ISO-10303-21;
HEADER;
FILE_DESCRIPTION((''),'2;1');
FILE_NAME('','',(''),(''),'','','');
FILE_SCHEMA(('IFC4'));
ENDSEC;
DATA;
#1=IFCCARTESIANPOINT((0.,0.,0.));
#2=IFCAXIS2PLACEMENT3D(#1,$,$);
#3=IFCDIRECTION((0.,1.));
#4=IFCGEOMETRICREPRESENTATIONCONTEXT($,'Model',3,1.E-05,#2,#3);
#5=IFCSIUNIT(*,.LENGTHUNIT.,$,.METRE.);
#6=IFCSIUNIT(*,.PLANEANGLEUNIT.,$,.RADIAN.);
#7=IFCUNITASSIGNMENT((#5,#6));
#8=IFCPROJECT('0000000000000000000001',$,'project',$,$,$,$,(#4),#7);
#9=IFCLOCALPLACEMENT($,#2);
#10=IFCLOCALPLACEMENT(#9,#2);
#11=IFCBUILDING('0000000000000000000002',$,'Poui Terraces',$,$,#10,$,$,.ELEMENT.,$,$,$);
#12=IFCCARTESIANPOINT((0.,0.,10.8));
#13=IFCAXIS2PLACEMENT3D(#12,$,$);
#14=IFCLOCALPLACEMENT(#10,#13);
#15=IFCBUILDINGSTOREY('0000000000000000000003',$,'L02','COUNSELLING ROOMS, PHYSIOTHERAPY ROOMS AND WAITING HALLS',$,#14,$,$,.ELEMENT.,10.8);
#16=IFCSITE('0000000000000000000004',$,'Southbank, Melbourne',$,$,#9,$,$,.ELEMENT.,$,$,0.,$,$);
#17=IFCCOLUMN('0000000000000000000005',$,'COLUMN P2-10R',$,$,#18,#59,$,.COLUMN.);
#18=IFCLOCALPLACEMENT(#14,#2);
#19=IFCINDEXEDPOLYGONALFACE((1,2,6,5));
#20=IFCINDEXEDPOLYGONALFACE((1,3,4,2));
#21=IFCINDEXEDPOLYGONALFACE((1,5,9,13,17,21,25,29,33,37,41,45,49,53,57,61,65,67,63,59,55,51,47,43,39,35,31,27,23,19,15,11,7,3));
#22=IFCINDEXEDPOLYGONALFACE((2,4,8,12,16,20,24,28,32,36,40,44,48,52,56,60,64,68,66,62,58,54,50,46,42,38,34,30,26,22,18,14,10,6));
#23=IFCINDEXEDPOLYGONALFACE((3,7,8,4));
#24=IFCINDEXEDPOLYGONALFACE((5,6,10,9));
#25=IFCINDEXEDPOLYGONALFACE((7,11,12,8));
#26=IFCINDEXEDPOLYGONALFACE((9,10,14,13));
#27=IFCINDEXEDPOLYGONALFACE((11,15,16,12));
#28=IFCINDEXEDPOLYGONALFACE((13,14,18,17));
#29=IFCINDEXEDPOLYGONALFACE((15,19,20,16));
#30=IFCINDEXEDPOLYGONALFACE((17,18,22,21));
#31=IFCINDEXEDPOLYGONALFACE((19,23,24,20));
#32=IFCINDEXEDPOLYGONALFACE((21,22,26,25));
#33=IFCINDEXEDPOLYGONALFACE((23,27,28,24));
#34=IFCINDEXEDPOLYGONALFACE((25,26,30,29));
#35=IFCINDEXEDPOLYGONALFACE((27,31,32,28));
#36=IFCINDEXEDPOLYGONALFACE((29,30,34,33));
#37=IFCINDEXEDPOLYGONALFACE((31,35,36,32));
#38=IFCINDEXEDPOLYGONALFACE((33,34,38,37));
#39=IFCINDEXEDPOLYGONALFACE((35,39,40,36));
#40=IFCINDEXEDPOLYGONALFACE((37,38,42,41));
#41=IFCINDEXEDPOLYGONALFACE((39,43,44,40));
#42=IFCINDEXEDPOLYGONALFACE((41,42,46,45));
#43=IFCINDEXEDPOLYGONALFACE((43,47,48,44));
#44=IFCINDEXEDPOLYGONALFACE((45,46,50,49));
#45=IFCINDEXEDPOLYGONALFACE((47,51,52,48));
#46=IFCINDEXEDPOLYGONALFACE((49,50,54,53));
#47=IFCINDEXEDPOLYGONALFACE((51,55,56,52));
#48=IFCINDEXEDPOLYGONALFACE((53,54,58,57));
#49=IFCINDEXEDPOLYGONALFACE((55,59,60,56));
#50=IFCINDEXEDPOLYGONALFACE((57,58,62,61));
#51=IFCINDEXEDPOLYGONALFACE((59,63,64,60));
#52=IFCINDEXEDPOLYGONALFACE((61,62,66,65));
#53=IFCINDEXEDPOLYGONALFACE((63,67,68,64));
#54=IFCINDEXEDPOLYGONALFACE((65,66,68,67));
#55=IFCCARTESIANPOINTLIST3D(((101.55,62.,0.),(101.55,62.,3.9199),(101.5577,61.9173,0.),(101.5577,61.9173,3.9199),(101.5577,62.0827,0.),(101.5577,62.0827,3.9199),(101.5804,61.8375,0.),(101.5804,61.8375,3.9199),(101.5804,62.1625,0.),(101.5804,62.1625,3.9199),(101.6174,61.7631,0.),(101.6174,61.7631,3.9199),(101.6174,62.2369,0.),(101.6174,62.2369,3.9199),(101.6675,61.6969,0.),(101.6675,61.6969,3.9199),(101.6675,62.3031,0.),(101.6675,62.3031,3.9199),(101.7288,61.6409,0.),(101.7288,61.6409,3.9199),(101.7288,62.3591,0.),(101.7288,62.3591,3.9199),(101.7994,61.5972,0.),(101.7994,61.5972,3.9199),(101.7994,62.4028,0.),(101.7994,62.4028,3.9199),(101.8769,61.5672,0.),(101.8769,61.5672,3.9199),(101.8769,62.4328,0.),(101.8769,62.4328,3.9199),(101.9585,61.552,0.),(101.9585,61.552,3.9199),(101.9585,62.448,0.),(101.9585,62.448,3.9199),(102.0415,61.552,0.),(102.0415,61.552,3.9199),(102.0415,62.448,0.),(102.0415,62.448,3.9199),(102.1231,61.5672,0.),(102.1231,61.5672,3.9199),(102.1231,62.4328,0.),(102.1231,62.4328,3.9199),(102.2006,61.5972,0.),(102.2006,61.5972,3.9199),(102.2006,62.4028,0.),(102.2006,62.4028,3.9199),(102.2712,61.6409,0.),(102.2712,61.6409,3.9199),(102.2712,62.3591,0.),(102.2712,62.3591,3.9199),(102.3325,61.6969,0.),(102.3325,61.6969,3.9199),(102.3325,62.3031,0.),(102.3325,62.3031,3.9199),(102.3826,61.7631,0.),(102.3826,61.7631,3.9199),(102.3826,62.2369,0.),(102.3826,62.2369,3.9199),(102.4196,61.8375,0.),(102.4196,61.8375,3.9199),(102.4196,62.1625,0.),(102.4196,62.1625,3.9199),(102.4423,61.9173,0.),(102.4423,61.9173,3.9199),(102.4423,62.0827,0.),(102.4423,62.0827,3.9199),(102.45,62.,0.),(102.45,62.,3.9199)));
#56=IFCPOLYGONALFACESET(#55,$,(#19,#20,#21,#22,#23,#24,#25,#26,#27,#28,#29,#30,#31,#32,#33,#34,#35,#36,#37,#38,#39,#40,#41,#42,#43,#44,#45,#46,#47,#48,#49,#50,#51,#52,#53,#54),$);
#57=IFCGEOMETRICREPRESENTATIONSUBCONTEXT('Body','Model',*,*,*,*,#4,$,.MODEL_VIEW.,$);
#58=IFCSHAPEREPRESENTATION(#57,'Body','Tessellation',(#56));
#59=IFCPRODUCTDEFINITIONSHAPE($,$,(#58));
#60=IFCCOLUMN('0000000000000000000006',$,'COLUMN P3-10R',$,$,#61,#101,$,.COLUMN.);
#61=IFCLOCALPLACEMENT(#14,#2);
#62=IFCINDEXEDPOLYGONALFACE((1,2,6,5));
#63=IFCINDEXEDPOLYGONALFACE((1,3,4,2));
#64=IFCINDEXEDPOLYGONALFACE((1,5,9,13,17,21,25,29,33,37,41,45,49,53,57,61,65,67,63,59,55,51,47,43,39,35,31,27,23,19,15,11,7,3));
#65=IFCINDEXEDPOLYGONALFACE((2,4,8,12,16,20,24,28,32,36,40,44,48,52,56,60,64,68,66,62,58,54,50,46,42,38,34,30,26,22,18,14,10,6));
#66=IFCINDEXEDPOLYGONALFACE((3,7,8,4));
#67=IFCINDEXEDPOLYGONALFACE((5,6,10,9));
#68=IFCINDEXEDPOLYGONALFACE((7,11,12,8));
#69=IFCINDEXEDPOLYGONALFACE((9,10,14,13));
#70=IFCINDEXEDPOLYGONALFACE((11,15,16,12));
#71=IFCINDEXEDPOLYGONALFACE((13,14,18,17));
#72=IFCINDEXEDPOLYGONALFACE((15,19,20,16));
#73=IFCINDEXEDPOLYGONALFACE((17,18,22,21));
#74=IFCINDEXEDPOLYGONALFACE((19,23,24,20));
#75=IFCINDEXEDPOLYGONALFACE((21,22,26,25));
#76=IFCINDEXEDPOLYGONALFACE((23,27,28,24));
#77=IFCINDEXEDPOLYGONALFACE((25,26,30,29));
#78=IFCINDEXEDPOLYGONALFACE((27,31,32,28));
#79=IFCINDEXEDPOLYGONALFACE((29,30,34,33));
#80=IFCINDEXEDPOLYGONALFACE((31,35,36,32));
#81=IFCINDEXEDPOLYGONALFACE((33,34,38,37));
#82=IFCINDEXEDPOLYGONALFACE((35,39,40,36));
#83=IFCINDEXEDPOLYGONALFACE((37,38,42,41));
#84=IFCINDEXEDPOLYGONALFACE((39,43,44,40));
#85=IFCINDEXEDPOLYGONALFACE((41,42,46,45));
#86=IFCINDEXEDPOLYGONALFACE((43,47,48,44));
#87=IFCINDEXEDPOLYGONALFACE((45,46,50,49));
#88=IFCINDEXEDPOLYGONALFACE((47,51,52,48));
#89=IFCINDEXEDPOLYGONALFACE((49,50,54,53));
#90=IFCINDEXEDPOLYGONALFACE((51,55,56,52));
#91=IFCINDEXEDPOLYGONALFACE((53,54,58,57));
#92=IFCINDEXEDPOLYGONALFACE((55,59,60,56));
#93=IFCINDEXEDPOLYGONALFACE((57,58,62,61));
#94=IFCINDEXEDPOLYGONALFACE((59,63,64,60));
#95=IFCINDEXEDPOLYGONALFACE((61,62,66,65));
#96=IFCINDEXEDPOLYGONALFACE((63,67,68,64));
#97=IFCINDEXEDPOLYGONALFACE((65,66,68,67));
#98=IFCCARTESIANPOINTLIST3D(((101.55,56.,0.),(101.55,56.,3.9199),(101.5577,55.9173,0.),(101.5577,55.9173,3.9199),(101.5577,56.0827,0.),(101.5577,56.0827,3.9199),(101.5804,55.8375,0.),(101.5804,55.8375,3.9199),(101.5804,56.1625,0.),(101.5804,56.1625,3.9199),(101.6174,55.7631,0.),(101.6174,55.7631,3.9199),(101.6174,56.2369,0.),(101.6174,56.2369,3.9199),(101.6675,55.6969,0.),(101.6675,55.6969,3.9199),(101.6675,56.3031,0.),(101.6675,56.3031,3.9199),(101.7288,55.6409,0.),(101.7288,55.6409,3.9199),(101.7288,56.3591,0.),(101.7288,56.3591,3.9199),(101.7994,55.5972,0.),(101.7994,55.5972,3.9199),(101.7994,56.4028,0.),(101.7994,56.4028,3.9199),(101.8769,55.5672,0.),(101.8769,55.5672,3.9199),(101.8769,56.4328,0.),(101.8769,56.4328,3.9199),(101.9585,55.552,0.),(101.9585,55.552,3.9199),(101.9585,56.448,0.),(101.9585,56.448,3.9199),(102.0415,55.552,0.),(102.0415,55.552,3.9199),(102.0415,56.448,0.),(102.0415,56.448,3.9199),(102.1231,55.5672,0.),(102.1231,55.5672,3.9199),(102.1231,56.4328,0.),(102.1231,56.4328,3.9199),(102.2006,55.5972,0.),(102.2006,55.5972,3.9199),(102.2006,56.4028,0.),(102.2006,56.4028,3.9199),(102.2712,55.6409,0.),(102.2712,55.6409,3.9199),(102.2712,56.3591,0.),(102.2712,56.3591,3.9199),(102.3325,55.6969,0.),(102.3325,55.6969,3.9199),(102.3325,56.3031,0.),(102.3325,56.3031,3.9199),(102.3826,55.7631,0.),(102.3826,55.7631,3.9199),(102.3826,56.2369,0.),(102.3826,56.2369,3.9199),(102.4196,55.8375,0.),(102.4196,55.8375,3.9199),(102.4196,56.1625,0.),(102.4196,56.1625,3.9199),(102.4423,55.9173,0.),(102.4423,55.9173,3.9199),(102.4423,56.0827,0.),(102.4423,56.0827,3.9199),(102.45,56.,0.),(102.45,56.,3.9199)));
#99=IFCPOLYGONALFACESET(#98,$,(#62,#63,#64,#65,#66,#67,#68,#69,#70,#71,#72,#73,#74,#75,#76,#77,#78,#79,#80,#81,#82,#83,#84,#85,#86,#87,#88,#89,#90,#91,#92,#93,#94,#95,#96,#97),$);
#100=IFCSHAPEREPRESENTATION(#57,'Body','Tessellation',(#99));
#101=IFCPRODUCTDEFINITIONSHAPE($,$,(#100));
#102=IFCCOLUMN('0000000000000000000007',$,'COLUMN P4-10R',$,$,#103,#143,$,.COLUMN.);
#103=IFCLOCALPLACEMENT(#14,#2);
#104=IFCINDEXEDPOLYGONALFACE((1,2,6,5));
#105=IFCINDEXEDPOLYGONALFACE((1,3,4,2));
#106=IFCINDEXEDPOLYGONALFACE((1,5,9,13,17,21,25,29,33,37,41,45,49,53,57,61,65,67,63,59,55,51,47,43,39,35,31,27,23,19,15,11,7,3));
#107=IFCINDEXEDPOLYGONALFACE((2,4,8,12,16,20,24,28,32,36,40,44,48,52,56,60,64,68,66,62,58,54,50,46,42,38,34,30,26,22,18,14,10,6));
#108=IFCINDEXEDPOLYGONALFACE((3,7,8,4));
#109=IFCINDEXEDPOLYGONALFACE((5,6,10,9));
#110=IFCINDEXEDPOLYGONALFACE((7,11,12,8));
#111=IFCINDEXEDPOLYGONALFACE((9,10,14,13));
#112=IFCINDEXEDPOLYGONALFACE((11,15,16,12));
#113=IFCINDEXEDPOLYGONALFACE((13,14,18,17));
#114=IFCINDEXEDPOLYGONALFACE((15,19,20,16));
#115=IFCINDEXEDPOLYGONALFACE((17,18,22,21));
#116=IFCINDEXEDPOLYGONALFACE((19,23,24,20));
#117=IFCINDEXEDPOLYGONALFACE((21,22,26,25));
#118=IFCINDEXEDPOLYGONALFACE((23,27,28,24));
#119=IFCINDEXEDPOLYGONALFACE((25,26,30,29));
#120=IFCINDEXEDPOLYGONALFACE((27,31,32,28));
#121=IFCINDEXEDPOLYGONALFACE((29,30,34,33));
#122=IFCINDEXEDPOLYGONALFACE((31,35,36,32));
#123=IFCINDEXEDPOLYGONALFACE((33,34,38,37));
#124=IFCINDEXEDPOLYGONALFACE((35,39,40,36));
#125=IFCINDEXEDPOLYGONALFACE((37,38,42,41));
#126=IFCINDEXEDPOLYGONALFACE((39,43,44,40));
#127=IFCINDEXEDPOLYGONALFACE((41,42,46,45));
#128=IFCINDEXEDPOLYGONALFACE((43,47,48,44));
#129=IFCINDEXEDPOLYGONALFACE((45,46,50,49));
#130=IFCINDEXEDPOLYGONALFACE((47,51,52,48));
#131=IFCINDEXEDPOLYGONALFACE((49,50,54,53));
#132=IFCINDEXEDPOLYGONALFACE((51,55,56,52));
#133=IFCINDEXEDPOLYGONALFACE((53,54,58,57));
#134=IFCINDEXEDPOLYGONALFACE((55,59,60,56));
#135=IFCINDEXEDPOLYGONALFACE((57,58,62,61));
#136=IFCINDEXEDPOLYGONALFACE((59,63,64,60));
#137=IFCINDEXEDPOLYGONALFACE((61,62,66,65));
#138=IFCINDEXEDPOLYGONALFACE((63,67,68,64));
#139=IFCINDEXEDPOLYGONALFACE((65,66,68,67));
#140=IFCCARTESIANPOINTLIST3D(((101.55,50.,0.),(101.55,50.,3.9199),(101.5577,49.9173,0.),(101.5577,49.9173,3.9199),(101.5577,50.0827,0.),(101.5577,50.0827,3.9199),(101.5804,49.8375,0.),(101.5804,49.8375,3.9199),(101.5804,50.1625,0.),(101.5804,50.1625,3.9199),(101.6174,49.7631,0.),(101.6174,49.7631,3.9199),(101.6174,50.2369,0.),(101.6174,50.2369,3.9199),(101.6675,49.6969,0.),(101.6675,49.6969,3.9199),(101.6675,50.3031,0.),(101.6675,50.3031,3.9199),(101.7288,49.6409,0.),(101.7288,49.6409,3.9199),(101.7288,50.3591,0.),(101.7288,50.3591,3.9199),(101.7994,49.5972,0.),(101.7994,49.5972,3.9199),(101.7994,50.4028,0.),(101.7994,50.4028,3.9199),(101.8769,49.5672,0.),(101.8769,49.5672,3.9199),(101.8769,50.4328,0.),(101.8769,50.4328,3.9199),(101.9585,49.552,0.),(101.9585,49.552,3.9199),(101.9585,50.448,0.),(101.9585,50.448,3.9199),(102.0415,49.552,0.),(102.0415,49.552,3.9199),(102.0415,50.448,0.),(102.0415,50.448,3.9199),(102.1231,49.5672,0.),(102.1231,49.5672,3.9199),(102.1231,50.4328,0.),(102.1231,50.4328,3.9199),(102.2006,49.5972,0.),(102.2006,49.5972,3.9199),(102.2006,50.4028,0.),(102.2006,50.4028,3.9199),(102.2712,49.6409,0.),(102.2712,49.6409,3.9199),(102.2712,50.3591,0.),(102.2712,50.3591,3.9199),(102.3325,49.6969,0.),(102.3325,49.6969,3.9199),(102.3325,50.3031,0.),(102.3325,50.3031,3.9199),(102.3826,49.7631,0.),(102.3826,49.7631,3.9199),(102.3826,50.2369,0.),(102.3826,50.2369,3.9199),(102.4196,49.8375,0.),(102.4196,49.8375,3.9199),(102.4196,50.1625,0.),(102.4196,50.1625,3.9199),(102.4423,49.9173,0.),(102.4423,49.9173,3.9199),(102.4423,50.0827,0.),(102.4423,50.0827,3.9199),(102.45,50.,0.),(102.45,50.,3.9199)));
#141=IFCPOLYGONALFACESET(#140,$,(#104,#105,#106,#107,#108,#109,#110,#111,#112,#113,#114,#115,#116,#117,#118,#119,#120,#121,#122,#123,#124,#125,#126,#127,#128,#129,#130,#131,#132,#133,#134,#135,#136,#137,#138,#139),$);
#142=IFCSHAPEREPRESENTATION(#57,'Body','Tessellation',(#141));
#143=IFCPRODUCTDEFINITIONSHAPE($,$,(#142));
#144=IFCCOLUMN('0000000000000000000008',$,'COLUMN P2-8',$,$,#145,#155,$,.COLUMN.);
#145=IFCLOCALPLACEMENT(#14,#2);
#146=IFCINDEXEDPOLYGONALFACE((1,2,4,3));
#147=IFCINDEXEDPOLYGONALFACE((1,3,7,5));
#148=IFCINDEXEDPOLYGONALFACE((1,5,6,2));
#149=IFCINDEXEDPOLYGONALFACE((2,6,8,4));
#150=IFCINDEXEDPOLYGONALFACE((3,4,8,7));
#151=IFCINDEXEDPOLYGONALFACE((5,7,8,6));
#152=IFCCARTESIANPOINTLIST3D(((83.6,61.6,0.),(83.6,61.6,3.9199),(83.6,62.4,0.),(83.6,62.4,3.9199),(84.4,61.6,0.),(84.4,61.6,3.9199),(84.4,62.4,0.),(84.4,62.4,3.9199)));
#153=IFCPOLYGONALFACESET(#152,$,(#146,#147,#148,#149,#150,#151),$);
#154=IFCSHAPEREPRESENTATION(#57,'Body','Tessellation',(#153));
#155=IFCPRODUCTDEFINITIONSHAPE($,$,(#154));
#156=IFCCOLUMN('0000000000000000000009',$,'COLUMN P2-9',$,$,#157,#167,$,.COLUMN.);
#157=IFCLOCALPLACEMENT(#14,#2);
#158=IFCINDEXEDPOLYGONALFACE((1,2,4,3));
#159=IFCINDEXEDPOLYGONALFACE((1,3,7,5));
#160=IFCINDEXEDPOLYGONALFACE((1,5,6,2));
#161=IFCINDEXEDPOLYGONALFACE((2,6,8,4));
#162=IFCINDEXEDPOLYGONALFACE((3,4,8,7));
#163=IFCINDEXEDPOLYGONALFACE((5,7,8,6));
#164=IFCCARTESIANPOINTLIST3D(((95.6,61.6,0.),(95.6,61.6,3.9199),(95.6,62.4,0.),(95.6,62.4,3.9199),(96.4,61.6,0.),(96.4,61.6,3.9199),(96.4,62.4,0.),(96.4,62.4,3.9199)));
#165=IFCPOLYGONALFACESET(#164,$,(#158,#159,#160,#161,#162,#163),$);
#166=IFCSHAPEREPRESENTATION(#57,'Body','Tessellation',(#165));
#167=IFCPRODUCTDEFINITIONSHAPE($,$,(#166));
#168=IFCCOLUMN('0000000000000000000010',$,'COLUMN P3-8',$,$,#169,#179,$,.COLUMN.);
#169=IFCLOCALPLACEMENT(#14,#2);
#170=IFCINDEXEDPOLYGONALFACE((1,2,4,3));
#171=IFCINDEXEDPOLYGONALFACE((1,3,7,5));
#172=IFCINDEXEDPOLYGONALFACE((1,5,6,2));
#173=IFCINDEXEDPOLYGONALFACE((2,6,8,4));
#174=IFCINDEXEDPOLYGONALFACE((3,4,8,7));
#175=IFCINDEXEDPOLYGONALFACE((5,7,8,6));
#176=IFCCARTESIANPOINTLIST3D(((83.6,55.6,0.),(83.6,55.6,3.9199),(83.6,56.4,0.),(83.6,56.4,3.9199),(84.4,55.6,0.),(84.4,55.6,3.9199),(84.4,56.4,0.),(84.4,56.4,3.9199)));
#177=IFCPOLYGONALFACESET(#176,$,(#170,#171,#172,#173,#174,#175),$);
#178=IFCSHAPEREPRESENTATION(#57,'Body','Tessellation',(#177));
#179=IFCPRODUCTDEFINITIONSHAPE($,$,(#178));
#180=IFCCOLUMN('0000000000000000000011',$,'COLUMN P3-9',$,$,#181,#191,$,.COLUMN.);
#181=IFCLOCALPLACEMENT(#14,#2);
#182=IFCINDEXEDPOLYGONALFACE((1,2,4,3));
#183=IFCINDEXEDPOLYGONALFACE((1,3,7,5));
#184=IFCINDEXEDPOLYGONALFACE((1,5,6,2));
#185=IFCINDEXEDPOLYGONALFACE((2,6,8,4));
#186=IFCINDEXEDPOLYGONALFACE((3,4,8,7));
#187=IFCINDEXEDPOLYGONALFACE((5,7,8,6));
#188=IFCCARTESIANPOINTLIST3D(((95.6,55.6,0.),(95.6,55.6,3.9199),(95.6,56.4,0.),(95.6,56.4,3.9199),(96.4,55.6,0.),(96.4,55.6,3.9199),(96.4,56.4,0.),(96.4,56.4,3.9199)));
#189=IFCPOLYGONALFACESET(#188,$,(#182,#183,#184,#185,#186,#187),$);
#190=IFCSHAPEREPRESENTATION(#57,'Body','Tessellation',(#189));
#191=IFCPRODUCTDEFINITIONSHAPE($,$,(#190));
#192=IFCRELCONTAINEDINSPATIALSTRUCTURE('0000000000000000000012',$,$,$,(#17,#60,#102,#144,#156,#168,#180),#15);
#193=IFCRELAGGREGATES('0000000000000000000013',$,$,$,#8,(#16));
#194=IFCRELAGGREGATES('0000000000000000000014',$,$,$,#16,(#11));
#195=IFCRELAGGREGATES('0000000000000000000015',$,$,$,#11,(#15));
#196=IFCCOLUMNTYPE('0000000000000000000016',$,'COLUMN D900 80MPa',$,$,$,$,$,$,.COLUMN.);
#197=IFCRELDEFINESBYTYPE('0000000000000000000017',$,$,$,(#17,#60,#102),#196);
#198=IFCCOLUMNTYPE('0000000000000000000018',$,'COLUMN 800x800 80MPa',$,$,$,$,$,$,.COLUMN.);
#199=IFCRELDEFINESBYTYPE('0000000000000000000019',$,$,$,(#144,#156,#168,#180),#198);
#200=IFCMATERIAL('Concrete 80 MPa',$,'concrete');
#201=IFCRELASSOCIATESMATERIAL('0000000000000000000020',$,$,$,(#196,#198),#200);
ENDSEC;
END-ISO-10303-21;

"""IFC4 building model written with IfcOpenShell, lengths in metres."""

from ifc_helpers import new_model, si_unit, direction, frame, origin, origin_2d, place, context, subcontext, project, spatial, rectangle, circle, extrude, source, transform, mapped, material, material_profile, profile_set, type_object, element, save


model = new_model("IFC4")

# Units and contexts
model_context = context("Model", 3, precision=1e-05, world=origin(), true_north=direction((0.0, 1.0)))
body_context = subcontext(model_context, "Body", "Model", "MODEL_VIEW")
ifc_project = project(units=[si_unit("LENGTHUNIT", "METRE"), si_unit("PLANEANGLEUNIT", "RADIAN")], contexts=[model_context])

# Site, building, storey
site_placement = place(None, origin())
site = spatial("IfcSite", under=ifc_project, at=site_placement, Name="Southbank, Melbourne", CompositionType="ELEMENT", RefElevation=0.0)
building_placement = place(site_placement, origin())
building = spatial("IfcBuilding", under=site, at=building_placement, Name="Poui Terraces", CompositionType="ELEMENT")
storey_placement = place(building_placement, frame((0.0, 0.0, 10.8)))
storey = spatial("IfcBuildingStorey", under=building, at=storey_placement, Name="L02", Description="COUNSELLING ROOMS, PHYSIOTHERAPY ROOMS AND WAITING HALLS", CompositionType="ELEMENT", Elevation=10.8)

# Columns
ifc_material_1 = material(Name="Concrete 80 MPa", Category="concrete")
ifc_material_profile_1 = material_profile(ifc_material_1, circle(Radius=0.45, at=origin_2d()), Name="RC D900")
ifc_profile_set_1 = profile_set([ifc_material_profile_1], Name="Concrete 80 MPa")
column_type_1 = type_object("IfcColumnType", Name="COLUMN D900 80MPa", PredefinedType="COLUMN", material=ifc_profile_set_1)
shared_shape_1 = source(origin(), body_context, "Body", "SweptSolid", [
    extrude(circle(Radius=0.45, at=origin_2d()), origin(), (0.0, 0.0, 1.0), 3.9199),
])
for number, where, z_axis, x_axis, name in (
    (1, (102.0, 62.0, 0.0), (0.0, 0.0, 1.0), (1.0, 0.0, 0.0), "COLUMN P2-10R"),
    (2, (102.0, 56.0, 0.0), (0.0, 0.0, 1.0), (1.0, 0.0, 0.0), "COLUMN P3-10R"),
    (3, (102.0, 50.0, 0.0), (0.0, 0.0, 1.0), (1.0, 0.0, 0.0), "COLUMN P4-10R"),
):
    element("IfcColumn", number, at=place(storey_placement, frame(where, z_axis=z_axis, x_axis=x_axis)), inside=storey, type_object=column_type_1, Name=name, PredefinedType="COLUMN", context=body_context, shape_type="MappedRepresentation", body=[
        mapped(shared_shape_1, transform((0.0, 0.0, 0.0))),
    ])
ifc_material_profile_2 = material_profile(ifc_material_1, rectangle(XDim=0.8, YDim=0.8, at=origin_2d()), Name="RC 800x800")
ifc_profile_set_2 = profile_set([ifc_material_profile_2], Name="Concrete 80 MPa")
column_type_2 = type_object("IfcColumnType", Name="COLUMN 800x800 80MPa", PredefinedType="COLUMN", material=ifc_profile_set_2)
shared_shape_2 = source(origin(), body_context, "Body", "SweptSolid", [
    extrude(rectangle(XDim=0.8, YDim=0.8, at=origin_2d()), origin(), (0.0, 0.0, 1.0), 3.9199),
])
for number, where, z_axis, x_axis, name in (
    (4, (84.0, 62.0, 0.0), (0.0, 0.0, 1.0), (1.0, 0.0, 0.0), "COLUMN P2-8"),
    (5, (96.0, 62.0, 0.0), (0.0, 0.0, 1.0), (1.0, 0.0, 0.0), "COLUMN P2-9"),
    (6, (84.0, 56.0, 0.0), (0.0, 0.0, 1.0), (1.0, 0.0, 0.0), "COLUMN P3-8"),
    (7, (96.0, 56.0, 0.0), (0.0, 0.0, 1.0), (1.0, 0.0, 0.0), "COLUMN P3-9"),
):
    element("IfcColumn", number, at=place(storey_placement, frame(where, z_axis=z_axis, x_axis=x_axis)), inside=storey, type_object=column_type_2, Name=name, PredefinedType="COLUMN", context=body_context, shape_type="MappedRepresentation", body=[
        mapped(shared_shape_2, transform((0.0, 0.0, 0.0))),
    ])

save(model, "model.ifc")
